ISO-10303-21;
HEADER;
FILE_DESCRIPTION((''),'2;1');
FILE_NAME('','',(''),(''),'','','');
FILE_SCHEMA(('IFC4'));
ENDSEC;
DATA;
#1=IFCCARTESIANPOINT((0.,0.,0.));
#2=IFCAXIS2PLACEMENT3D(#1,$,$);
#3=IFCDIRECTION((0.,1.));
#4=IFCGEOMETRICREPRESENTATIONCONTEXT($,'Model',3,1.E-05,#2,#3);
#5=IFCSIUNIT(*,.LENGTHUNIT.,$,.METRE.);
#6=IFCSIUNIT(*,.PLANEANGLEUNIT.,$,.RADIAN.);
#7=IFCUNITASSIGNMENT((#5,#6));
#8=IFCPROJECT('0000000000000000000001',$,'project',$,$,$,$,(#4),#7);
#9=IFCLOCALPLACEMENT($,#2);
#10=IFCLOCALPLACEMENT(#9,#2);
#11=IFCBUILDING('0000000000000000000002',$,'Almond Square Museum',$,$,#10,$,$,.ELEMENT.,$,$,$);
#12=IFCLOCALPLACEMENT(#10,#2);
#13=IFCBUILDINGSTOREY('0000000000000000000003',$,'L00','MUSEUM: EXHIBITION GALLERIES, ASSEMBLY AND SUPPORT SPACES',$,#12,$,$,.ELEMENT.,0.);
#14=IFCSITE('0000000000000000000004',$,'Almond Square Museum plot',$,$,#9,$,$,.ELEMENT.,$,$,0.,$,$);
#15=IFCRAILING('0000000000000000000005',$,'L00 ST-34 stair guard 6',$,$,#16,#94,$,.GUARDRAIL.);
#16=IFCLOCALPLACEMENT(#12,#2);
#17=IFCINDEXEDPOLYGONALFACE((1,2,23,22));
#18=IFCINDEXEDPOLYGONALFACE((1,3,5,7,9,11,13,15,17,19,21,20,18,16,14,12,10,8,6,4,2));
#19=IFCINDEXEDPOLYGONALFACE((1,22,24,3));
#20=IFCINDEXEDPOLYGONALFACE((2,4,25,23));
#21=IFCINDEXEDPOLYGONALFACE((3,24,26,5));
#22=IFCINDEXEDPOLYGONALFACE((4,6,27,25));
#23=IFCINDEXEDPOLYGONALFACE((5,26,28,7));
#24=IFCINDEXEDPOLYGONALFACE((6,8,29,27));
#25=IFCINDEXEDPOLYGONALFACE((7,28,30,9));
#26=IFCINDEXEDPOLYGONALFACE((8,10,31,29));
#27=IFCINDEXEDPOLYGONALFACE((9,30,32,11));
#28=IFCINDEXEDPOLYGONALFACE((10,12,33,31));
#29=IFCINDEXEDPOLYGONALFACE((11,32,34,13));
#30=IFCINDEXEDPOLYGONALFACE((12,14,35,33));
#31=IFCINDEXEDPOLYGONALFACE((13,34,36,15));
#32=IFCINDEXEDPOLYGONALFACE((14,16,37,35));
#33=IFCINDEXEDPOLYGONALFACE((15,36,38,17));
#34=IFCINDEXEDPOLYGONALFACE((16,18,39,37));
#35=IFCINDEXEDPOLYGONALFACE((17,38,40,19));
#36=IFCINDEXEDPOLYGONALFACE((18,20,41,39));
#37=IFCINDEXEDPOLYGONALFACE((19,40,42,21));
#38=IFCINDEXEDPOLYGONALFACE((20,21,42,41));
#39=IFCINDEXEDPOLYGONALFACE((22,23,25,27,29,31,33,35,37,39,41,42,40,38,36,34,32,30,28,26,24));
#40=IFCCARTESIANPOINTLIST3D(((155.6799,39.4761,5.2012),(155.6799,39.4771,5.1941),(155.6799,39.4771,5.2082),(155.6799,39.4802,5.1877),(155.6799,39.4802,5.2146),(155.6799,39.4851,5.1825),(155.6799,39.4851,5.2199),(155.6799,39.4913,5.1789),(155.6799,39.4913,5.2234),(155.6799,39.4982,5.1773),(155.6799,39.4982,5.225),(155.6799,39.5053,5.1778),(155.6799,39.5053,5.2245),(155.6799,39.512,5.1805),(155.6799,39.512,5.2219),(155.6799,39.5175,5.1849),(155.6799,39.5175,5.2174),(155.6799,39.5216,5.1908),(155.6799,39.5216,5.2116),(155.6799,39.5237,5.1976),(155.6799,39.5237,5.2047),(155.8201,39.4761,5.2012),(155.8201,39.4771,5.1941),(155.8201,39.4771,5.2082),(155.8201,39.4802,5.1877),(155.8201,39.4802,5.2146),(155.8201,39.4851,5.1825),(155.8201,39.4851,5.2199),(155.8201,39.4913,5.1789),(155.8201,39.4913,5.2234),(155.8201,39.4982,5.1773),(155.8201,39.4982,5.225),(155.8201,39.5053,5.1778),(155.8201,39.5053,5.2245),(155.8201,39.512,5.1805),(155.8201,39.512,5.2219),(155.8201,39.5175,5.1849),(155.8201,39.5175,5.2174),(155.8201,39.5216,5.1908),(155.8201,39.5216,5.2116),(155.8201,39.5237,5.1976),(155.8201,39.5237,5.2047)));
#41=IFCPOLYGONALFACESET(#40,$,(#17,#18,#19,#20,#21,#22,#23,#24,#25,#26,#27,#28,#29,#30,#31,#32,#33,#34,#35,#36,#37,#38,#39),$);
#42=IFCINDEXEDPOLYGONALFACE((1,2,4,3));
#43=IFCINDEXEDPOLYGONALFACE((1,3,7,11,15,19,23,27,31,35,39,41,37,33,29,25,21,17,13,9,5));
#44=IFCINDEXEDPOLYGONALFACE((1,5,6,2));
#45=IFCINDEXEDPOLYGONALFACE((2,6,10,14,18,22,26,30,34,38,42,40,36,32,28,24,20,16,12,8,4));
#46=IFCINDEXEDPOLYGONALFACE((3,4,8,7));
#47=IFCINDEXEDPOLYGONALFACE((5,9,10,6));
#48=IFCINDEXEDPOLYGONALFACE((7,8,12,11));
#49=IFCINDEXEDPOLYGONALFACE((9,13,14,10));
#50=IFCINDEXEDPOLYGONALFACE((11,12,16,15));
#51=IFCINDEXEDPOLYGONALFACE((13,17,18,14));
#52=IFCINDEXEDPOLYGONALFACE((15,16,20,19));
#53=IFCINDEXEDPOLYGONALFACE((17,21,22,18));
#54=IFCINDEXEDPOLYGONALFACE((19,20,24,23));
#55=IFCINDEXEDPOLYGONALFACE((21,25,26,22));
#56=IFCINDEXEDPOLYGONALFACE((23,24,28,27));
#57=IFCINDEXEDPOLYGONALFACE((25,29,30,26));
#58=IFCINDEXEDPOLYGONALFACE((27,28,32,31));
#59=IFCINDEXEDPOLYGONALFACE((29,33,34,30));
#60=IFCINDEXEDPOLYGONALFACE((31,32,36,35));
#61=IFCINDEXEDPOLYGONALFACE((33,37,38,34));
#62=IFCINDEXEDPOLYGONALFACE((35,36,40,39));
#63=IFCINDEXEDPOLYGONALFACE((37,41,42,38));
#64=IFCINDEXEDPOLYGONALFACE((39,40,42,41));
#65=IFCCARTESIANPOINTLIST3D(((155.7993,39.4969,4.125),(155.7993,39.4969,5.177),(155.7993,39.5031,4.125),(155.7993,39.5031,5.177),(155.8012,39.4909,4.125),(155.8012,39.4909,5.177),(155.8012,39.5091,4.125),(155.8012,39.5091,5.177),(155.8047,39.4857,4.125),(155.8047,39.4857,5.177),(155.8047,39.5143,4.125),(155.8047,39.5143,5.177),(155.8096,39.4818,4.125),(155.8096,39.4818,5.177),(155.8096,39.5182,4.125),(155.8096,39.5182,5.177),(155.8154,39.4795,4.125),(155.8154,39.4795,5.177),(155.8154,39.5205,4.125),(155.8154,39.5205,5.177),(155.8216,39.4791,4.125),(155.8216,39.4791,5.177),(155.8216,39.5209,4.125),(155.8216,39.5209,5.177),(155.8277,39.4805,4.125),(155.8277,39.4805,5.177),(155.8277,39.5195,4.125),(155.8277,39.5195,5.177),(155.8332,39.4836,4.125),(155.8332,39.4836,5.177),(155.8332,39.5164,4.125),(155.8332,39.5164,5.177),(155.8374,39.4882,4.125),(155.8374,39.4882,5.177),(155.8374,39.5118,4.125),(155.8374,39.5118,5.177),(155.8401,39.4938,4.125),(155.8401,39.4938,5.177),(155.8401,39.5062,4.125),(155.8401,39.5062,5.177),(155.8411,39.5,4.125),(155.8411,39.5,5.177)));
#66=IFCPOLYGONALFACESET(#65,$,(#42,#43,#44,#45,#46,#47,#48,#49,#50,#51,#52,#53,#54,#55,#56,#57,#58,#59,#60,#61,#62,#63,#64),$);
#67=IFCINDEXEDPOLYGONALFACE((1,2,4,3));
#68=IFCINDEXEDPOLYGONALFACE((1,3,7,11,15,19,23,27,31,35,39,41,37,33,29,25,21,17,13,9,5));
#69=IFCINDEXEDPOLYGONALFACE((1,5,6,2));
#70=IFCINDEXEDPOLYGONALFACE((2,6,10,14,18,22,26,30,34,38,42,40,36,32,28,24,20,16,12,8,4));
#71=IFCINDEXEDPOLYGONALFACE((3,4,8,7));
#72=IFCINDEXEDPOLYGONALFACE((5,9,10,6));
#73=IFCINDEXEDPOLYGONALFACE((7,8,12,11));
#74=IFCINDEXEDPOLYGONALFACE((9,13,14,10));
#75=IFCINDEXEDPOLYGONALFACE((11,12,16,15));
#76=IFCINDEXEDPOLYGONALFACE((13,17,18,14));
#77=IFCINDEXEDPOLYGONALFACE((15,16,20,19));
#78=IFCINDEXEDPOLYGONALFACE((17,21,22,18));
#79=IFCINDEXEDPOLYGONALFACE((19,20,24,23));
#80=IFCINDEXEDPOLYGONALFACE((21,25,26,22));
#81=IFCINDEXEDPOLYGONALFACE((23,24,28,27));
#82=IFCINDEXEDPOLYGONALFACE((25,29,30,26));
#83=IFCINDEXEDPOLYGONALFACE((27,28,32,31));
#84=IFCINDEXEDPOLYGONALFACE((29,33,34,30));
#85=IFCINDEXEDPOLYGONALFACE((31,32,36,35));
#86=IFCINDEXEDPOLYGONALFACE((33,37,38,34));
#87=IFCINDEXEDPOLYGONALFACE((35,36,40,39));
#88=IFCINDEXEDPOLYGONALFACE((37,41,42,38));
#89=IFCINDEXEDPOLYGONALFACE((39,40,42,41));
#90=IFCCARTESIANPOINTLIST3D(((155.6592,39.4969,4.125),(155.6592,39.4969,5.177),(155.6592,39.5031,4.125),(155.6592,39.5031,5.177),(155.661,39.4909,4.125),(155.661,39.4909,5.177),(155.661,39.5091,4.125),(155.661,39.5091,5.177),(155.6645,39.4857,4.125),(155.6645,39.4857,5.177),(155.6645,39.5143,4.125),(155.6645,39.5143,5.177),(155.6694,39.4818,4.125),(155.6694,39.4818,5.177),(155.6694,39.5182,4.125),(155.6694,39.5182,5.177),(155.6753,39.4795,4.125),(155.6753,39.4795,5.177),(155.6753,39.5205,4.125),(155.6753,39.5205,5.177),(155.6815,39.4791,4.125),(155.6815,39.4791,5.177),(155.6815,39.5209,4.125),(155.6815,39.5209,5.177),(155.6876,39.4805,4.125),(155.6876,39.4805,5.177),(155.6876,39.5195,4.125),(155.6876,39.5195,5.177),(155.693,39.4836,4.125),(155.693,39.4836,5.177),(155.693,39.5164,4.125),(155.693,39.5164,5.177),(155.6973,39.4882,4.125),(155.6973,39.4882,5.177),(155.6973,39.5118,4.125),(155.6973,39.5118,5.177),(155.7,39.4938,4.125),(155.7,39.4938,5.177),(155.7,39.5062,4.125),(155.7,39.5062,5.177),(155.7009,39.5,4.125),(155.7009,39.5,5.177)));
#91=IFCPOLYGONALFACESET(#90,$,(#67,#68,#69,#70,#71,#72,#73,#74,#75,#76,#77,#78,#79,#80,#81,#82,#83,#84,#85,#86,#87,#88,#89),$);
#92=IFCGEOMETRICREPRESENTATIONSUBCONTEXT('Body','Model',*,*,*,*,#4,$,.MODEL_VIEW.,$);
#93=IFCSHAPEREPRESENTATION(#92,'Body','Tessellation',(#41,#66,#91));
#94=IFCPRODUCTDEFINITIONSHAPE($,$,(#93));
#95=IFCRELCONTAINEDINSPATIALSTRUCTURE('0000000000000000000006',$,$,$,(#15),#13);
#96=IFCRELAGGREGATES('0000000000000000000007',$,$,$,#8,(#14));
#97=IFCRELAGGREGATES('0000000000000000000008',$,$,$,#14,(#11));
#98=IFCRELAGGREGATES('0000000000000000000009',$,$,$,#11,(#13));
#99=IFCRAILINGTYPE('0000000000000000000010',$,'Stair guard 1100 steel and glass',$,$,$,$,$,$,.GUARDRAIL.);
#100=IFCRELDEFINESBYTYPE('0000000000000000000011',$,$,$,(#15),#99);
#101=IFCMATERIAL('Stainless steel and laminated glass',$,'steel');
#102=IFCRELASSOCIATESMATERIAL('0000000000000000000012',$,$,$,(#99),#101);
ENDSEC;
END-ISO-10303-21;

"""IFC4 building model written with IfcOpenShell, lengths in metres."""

from ifc_helpers import new_model, si_unit, direction, frame, origin, origin_2d, place, context, subcontext, project, spatial, circle, extrude, material, type_object, element, save


model = new_model("IFC4")

# Units and contexts
model_context = context("Model", 3, precision=1e-05, world=origin(), true_north=direction((0.0, 1.0)))
body_context = subcontext(model_context, "Body", "Model", "MODEL_VIEW")
ifc_project = project(units=[si_unit("LENGTHUNIT", "METRE"), si_unit("PLANEANGLEUNIT", "RADIAN")], contexts=[model_context])

# Site, building, storey
site_placement = place(None, origin())
site = spatial("IfcSite", under=ifc_project, at=site_placement, Name="Almond Square Museum plot", CompositionType="ELEMENT", RefElevation=0.0)
building_placement = place(site_placement, origin())
building = spatial("IfcBuilding", under=site, at=building_placement, Name="Almond Square Museum", CompositionType="ELEMENT")
storey_placement = place(building_placement, origin())
storey = spatial("IfcBuildingStorey", under=building, at=storey_placement, Name="L00", Description="MUSEUM: EXHIBITION GALLERIES, ASSEMBLY AND SUPPORT SPACES", CompositionType="ELEMENT", Elevation=0.0)

# Railing
ifc_material_1 = material(Name="Stainless steel and laminated glass", Category="steel")
railing_type_1 = type_object("IfcRailingType", Name="Stair guard 1100 steel and glass", PredefinedType="GUARDRAIL", material=ifc_material_1)
railing_1_placement = place(storey_placement, frame((155.8201, 39.5, 4.125)))
element("IfcRailing", 1, at=railing_1_placement, inside=storey, type_object=railing_type_1, Name="L00 ST-34 stair guard 6", PredefinedType="GUARDRAIL", context=body_context, shape_type="SweptSolid", body=[
    extrude(circle(Radius=0.0239, at=origin_2d()), frame((0.0, 0.0, 1.0762), z_axis=(-1.0, 0.0, 0.0), x_axis=(0.0, -1.0, 0.0)), (0.0, 0.0, 1.0), 0.1401),
    extrude(circle(Radius=0.021, at=origin_2d()), origin(), (0.0, 0.0, 1.0), 1.052),
    extrude(circle(Radius=0.021, at=origin_2d()), frame((-0.1401, 0.0, 0.0)), (0.0, 0.0, 1.0), 1.052),
])

save(model, "model.ifc")
